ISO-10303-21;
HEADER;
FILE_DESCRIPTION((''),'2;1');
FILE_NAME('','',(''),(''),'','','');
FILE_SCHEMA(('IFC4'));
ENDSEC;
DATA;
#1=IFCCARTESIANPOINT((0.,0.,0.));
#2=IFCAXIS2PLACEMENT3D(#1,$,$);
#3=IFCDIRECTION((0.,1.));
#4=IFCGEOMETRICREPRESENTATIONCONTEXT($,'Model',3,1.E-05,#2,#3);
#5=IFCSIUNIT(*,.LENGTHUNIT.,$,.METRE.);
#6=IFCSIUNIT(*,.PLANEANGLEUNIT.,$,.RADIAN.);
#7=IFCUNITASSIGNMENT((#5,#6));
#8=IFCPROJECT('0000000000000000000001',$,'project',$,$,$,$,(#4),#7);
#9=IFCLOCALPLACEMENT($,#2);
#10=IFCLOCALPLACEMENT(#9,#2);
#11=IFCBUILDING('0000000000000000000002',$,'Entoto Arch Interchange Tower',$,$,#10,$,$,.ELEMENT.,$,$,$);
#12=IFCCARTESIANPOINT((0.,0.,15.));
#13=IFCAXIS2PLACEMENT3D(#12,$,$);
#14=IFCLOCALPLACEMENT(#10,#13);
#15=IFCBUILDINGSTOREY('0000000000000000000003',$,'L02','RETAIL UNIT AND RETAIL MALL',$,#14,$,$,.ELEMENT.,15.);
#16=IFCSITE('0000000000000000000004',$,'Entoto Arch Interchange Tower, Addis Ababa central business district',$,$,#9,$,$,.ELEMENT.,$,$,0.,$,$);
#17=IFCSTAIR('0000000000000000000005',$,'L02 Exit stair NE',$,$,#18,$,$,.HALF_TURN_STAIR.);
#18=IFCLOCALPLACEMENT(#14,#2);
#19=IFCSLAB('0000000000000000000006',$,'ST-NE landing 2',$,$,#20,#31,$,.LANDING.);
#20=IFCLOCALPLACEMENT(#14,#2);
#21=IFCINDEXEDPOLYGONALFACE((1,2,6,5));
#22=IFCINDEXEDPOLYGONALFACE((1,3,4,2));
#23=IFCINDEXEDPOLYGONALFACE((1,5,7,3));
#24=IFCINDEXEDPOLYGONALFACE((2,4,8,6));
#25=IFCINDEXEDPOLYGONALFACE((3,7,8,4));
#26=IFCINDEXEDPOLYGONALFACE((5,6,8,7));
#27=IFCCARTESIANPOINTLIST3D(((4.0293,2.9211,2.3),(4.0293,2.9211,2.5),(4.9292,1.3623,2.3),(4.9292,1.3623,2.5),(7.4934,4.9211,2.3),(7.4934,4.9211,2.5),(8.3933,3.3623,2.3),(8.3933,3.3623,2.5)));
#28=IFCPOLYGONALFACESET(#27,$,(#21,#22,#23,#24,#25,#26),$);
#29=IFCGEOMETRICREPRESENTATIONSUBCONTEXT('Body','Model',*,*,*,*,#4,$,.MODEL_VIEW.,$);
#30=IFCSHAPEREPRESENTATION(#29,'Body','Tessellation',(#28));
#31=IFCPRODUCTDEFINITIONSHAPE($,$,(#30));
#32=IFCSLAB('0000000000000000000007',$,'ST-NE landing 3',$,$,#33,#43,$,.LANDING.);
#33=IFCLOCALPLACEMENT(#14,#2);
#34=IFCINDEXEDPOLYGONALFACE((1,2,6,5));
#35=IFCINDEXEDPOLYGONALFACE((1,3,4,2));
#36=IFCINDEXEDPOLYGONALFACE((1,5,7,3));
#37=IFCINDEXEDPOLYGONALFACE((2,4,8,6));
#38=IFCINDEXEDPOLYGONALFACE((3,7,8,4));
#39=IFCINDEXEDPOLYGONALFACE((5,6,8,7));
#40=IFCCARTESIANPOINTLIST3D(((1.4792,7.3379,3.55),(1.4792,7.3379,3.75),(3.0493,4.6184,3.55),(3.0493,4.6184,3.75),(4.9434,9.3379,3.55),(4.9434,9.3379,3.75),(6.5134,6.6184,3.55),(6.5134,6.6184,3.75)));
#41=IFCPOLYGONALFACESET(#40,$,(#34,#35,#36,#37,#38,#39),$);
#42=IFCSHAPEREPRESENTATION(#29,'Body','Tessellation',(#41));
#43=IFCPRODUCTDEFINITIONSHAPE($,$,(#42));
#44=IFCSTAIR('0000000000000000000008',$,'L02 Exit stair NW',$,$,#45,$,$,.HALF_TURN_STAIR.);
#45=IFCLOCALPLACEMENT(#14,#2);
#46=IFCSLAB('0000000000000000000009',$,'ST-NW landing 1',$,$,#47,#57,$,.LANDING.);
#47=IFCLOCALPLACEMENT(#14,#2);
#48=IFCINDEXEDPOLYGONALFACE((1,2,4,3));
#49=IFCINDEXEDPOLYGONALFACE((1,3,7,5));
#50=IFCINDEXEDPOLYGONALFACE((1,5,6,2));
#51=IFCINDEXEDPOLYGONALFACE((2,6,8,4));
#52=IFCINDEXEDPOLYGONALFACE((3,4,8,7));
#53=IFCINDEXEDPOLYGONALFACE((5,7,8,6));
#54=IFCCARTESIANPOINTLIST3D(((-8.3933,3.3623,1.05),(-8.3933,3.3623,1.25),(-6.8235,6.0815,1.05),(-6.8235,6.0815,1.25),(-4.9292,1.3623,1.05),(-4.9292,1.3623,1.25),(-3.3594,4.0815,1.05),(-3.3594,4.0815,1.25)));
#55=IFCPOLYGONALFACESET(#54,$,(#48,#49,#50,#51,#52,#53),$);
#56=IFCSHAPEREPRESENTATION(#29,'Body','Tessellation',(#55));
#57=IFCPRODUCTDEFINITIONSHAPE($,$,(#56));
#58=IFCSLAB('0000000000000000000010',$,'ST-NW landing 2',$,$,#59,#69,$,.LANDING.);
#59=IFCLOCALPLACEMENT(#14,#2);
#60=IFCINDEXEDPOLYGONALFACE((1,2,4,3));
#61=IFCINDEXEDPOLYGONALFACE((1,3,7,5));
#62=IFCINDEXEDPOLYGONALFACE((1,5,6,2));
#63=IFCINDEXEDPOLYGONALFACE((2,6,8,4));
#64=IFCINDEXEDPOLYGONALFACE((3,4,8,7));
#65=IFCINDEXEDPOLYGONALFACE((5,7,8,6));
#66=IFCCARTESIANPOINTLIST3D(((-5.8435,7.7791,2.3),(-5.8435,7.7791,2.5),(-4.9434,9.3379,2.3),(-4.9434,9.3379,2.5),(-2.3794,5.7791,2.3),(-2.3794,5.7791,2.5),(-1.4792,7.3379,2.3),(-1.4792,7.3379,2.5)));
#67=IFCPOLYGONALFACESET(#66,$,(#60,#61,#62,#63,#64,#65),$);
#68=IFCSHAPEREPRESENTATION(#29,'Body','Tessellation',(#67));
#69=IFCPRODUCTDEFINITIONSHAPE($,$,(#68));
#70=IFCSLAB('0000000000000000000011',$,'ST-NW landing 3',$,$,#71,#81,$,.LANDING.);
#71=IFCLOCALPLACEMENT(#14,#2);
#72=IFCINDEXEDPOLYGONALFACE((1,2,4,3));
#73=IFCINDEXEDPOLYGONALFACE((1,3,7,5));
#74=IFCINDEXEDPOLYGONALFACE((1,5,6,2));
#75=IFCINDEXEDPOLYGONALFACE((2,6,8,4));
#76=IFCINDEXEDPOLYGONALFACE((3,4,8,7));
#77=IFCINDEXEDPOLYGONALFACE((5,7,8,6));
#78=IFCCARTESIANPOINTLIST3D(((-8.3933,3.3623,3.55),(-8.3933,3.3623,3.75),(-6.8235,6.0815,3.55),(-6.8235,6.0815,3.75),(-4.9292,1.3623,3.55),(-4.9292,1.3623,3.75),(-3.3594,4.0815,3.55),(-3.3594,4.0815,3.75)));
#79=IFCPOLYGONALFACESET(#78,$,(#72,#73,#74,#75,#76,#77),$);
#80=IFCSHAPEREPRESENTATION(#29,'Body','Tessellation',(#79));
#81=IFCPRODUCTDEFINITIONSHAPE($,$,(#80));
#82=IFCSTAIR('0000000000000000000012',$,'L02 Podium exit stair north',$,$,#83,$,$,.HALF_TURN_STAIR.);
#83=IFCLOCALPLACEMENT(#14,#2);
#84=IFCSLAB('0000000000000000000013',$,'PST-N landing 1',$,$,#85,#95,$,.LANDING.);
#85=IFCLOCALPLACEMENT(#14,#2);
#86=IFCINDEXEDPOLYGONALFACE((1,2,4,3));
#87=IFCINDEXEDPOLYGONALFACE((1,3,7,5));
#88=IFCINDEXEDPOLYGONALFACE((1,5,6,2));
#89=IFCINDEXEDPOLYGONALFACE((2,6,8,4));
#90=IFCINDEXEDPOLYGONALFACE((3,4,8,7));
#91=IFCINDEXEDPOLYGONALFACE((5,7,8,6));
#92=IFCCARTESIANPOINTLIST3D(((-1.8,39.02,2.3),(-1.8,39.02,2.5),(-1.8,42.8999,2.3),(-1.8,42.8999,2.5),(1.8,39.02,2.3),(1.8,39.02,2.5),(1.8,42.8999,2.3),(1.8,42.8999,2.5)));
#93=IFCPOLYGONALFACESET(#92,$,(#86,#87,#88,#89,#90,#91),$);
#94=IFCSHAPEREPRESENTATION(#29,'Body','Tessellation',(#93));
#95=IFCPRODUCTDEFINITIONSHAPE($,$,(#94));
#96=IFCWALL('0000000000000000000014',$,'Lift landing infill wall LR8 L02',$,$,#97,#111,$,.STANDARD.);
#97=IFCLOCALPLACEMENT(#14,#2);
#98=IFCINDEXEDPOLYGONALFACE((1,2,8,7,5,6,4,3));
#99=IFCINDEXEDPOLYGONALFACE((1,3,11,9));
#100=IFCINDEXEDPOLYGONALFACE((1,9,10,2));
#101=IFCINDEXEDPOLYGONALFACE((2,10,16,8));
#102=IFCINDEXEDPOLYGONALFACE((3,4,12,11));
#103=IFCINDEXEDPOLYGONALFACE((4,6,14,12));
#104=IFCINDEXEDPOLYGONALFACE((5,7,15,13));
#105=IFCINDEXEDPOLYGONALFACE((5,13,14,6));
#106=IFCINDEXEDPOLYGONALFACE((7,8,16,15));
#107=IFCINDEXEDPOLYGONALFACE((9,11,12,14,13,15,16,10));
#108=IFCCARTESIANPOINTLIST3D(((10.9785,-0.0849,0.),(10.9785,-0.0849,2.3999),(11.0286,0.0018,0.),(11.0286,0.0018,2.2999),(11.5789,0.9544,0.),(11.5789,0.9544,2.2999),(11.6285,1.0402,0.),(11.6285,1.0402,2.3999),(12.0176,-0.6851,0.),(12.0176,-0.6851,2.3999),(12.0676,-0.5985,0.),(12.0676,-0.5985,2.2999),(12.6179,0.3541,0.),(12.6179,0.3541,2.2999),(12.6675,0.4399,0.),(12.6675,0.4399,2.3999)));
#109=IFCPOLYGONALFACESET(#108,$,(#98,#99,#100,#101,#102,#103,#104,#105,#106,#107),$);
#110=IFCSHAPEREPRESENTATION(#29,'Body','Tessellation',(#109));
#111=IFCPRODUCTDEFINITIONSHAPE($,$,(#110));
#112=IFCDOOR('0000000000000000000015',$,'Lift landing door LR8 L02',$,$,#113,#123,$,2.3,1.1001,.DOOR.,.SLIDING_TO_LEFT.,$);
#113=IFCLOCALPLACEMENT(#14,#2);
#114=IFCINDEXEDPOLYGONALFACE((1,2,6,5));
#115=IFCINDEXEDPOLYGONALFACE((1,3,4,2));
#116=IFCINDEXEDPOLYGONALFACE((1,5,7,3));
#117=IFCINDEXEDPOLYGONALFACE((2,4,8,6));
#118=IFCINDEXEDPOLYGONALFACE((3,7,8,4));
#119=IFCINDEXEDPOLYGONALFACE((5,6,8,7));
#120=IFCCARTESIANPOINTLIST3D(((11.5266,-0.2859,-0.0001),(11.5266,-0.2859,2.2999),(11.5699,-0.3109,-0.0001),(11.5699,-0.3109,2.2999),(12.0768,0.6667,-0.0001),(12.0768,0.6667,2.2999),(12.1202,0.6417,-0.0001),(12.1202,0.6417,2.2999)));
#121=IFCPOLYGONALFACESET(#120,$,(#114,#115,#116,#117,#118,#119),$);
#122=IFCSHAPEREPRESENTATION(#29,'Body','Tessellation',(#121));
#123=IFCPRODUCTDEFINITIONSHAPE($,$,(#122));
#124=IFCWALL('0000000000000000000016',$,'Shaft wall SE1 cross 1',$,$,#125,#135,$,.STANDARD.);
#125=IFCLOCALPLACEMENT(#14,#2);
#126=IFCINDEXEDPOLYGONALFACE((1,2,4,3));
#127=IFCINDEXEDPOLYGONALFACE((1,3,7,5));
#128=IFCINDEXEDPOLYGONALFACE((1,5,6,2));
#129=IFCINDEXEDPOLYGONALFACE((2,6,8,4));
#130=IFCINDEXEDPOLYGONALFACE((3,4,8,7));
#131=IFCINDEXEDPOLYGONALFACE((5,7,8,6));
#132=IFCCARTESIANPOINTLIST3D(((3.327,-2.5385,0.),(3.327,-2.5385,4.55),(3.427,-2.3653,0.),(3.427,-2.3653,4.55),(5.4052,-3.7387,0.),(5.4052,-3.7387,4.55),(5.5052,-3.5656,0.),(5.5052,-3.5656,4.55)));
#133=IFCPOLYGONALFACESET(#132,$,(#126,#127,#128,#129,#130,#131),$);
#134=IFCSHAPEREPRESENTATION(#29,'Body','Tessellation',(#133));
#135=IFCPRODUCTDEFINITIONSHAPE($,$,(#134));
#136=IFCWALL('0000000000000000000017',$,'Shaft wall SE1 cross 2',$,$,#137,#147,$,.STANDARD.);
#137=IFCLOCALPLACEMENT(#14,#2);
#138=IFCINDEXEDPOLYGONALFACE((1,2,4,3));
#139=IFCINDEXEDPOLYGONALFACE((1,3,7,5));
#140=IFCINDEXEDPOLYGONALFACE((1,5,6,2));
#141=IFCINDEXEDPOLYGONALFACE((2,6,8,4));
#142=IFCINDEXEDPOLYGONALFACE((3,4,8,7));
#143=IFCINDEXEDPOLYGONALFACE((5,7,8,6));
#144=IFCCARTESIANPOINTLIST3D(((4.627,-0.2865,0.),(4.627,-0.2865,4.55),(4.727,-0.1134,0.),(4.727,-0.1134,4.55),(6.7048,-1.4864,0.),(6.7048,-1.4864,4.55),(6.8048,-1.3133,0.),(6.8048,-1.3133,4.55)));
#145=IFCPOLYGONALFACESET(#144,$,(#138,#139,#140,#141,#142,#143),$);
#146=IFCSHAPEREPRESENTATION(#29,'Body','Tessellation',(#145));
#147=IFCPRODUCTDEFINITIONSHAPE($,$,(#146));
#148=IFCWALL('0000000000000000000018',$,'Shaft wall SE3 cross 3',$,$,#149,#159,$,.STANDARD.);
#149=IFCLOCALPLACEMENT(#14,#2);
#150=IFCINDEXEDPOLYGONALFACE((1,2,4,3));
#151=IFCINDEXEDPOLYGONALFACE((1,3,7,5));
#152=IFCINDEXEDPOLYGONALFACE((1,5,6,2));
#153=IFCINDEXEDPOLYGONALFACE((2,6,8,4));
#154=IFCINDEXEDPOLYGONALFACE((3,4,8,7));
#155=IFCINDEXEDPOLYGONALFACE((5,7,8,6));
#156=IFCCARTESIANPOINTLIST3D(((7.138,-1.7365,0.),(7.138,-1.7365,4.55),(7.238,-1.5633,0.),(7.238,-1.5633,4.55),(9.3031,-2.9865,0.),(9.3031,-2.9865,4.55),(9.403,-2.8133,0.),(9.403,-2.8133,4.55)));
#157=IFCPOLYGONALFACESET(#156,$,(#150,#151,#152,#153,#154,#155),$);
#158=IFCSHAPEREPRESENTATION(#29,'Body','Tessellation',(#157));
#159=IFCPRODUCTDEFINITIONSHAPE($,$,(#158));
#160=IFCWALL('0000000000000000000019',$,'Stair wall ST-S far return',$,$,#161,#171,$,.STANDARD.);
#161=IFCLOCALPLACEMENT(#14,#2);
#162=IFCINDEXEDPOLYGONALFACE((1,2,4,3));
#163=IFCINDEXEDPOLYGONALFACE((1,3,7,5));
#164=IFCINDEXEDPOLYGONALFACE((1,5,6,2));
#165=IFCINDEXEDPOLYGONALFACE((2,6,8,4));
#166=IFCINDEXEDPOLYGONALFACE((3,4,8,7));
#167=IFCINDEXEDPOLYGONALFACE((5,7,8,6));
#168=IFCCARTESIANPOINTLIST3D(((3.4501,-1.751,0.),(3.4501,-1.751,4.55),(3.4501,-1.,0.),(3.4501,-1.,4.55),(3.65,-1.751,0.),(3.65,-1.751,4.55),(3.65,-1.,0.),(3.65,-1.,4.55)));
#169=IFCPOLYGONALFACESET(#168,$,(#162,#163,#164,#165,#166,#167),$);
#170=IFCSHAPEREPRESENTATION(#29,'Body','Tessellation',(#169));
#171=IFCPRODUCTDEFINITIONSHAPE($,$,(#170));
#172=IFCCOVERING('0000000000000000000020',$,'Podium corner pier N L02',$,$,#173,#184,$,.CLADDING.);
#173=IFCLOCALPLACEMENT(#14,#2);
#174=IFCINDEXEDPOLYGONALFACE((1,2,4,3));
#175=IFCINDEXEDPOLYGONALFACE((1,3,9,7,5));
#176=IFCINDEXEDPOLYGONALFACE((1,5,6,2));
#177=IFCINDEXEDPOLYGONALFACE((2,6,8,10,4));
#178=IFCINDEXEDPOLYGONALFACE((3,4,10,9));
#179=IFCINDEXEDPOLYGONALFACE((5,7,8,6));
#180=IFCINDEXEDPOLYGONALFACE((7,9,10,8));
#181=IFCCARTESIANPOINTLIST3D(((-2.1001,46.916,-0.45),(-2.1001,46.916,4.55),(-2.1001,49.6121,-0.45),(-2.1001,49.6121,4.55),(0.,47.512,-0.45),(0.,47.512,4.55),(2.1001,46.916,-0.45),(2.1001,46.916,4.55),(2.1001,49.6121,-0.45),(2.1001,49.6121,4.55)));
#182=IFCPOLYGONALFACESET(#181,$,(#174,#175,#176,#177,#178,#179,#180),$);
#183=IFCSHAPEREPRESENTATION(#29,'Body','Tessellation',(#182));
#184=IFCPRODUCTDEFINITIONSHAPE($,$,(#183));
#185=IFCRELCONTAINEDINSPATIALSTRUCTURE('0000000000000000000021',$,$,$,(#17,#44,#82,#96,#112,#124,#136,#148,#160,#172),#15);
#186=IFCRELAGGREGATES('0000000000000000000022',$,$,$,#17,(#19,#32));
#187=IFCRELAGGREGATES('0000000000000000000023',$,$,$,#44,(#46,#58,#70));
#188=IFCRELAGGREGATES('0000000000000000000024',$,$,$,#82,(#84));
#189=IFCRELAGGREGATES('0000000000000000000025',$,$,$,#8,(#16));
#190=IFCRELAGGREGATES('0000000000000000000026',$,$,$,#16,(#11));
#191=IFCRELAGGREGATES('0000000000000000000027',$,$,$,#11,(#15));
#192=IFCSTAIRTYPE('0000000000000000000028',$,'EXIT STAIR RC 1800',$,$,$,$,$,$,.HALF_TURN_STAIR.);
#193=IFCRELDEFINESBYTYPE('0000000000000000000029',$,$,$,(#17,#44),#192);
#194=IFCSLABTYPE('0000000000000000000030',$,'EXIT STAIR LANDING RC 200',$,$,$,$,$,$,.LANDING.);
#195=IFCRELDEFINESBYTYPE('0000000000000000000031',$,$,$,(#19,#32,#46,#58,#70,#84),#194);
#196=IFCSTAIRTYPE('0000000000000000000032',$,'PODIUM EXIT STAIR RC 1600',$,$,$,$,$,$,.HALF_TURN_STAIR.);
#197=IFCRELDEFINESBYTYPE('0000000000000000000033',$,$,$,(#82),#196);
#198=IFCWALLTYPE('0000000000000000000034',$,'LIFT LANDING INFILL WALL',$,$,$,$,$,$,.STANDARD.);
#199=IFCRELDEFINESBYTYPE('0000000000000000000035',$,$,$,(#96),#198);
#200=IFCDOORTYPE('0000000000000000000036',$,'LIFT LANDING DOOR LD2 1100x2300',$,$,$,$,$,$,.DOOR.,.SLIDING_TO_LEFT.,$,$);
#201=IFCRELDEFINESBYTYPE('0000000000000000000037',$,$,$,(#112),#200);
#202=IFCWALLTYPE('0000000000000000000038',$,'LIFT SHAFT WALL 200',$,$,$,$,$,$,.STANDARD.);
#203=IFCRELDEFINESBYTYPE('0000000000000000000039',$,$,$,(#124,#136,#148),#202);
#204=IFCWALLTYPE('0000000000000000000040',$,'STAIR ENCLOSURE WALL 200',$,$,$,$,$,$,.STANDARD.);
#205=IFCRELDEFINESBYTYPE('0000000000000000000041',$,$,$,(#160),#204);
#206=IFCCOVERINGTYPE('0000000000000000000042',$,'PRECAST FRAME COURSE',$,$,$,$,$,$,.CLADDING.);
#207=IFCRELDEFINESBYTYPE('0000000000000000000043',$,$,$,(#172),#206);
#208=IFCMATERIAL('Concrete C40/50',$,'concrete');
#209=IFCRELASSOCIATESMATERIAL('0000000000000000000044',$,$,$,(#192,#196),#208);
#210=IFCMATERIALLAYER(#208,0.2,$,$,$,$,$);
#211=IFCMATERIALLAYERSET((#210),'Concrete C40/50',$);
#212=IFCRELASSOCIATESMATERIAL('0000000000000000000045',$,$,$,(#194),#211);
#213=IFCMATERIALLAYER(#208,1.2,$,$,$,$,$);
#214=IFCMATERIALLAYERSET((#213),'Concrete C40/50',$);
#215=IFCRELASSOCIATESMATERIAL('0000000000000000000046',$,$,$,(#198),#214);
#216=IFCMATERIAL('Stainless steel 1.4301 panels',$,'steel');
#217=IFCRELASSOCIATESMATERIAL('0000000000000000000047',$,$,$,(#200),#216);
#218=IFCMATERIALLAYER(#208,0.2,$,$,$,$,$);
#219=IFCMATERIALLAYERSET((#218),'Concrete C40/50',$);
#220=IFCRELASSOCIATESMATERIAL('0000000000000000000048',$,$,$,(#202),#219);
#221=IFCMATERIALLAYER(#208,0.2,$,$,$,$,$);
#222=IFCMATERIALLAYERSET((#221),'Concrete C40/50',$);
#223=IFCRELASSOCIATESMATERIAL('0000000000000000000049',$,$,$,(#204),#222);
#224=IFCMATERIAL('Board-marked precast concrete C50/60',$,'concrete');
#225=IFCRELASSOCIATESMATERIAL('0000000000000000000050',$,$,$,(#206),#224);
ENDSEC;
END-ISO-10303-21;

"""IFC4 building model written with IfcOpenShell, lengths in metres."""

from ifc_helpers import new_model, si_unit, direction, frame, frame_2d, origin, place, context, subcontext, project, spatial, polyline, rectangle, outline, extrude, material, layer, layer_set, type_object, element, fill, aggregate, save


model = new_model("IFC4")

# Units and contexts
model_context = context("Model", 3, precision=1e-05, world=origin(), true_north=direction((0.0, 1.0)))
body_context = subcontext(model_context, "Body", "Model", "MODEL_VIEW")
ifc_project = project(units=[si_unit("LENGTHUNIT", "METRE"), si_unit("PLANEANGLEUNIT", "RADIAN")], contexts=[model_context])

# Site, building, storey
site_placement = place(None, origin())
site = spatial("IfcSite", under=ifc_project, at=site_placement, Name="Entoto Arch Interchange Tower, Addis Ababa central business district", CompositionType="ELEMENT", RefElevation=0.0)
building_placement = place(site_placement, origin())
building = spatial("IfcBuilding", under=site, at=building_placement, Name="Entoto Arch Interchange Tower", CompositionType="ELEMENT")
storey_placement = place(building_placement, frame((0.0, 0.0, 15.0)))
storey = spatial("IfcBuildingStorey", under=building, at=storey_placement, Name="L02", Description="RETAIL UNIT AND RETAIL MALL", CompositionType="ELEMENT", Elevation=15.0)

# Shared definitions
ifc_material_1 = material(Name="Concrete C40/50", Category="concrete")

# Stairs, slabs
stair_type_1 = type_object("IfcStairType", Name="EXIT STAIR RC 1800", PredefinedType="HALF_TURN_STAIR", material=ifc_material_1)
ifc_layer_1 = layer(ifc_material_1, 0.2)
ifc_layer_set_1 = layer_set([ifc_layer_1], Name="Concrete C40/50")
slab_type_1 = type_object("IfcSlabType", Name="EXIT STAIR LANDING RC 200", PredefinedType="LANDING", material=ifc_layer_set_1)
stair_1_placement = place(storey_placement, origin())
stair_1 = element("IfcStair", 1, at=stair_1_placement, inside=storey, type_object=stair_type_1, Name="L02 Exit stair NE", PredefinedType="HALF_TURN_STAIR")
slab_1_placement = place(storey_placement, frame((0.0, 0.0, 2.3)))
slab_1 = element("IfcSlab", 2, at=slab_1_placement, type_object=slab_type_1, Name="ST-NE landing 2", PredefinedType="LANDING", context=body_context, shape_type="SweptSolid", body=[
    extrude(outline(polyline([(8.3933, 3.3623), (7.4934, 4.9211), (4.0293, 2.9211), (4.9292, 1.3623), (8.3933, 3.3623)])), origin(), (0.0, 0.0, 1.0), 0.2),
])
slab_2_placement = place(storey_placement, frame((0.0, 0.0, 3.55)))
slab_2 = element("IfcSlab", 3, at=slab_2_placement, type_object=slab_type_1, Name="ST-NE landing 3", PredefinedType="LANDING", context=body_context, shape_type="SweptSolid", body=[
    extrude(outline(polyline([(6.5134, 6.6184), (4.9434, 9.3379), (1.4792, 7.3379), (3.0493, 4.6184), (6.5134, 6.6184)])), origin(), (0.0, 0.0, 1.0), 0.2),
])
aggregate(stair_1, [slab_1, slab_2])
stair_2_placement = place(storey_placement, origin())
stair_2 = element("IfcStair", 4, at=stair_2_placement, inside=storey, type_object=stair_type_1, Name="L02 Exit stair NW", PredefinedType="HALF_TURN_STAIR")
slab_3_placement = place(storey_placement, frame((0.0, 0.0, 1.05)))
slab_3 = element("IfcSlab", 5, at=slab_3_placement, type_object=slab_type_1, Name="ST-NW landing 1", PredefinedType="LANDING", context=body_context, shape_type="SweptSolid", body=[
    extrude(outline(polyline([(-6.8235, 6.0815), (-8.3933, 3.3623), (-4.9292, 1.3623), (-3.3594, 4.0815), (-6.8235, 6.0815)])), origin(), (0.0, 0.0, 1.0), 0.2),
])
slab_4_placement = place(storey_placement, frame((0.0, 0.0, 2.3)))
slab_4 = element("IfcSlab", 6, at=slab_4_placement, type_object=slab_type_1, Name="ST-NW landing 2", PredefinedType="LANDING", context=body_context, shape_type="SweptSolid", body=[
    extrude(outline(polyline([(-4.9434, 9.3379), (-5.8435, 7.7791), (-2.3794, 5.7791), (-1.4792, 7.3379), (-4.9434, 9.3379)])), origin(), (0.0, 0.0, 1.0), 0.2),
])
slab_5_placement = place(storey_placement, frame((0.0, 0.0, 3.55)))
slab_5 = element("IfcSlab", 7, at=slab_5_placement, type_object=slab_type_1, Name="ST-NW landing 3", PredefinedType="LANDING", context=body_context, shape_type="SweptSolid", body=[
    extrude(outline(polyline([(-6.8235, 6.0815), (-8.3933, 3.3623), (-4.9292, 1.3623), (-3.3594, 4.0815), (-6.8235, 6.0815)])), origin(), (0.0, 0.0, 1.0), 0.2),
])
aggregate(stair_2, [slab_3, slab_4, slab_5])

# Stair, slab
stair_type_2 = type_object("IfcStairType", Name="PODIUM EXIT STAIR RC 1600", PredefinedType="HALF_TURN_STAIR", material=ifc_material_1)
stair_3_placement = place(storey_placement, origin())
stair_3 = element("IfcStair", 8, at=stair_3_placement, inside=storey, type_object=stair_type_2, Name="L02 Podium exit stair north", PredefinedType="HALF_TURN_STAIR")
slab_6_placement = place(storey_placement, frame((0.0, 0.0, 2.3)))
slab_6 = element("IfcSlab", 9, at=slab_6_placement, type_object=slab_type_1, Name="PST-N landing 1", PredefinedType="LANDING", context=body_context, shape_type="SweptSolid", body=[
    extrude(outline(polyline([(1.8, 39.02), (1.8, 42.8999), (-1.8, 42.8999), (-1.8, 39.02), (1.8, 39.02)])), origin(), (0.0, 0.0, 1.0), 0.2),
])
aggregate(stair_3, [slab_6])

# Wall, opening, door
ifc_layer_2 = layer(ifc_material_1, 1.2)
ifc_layer_set_2 = layer_set([ifc_layer_2], Name="Concrete C40/50")
wall_type_1 = type_object("IfcWallType", Name="LIFT LANDING INFILL WALL", PredefinedType="STANDARD", material=ifc_layer_set_2)
wall_1_placement = place(storey_placement, frame((11.498, -0.385, 0.0), z_axis=(0.0, 0.0, 1.0), x_axis=(0.500221, 0.865898, 0.0)))
wall_1 = element("IfcWall", 10, at=wall_1_placement, inside=storey, type_object=wall_type_1, Name="Lift landing infill wall LR8 L02", PredefinedType="STANDARD", context=body_context, shape_type="SweptSolid", body=[
    extrude(rectangle(XDim=1.2993, YDim=1.2, at=frame_2d((0.6497, 0.0))), origin(), (0.0, 0.0, 1.0), 2.3999),
])
opening_placement = place(wall_1_placement, frame((0.1001, 0.0, 0.0)))
opening = element("IfcOpeningElement", 11, at=opening_placement, cuts=wall_1, PredefinedType="OPENING", context=body_context, shape_type="SweptSolid", body=[
    extrude(rectangle(XDim=1.1001, YDim=2.3, at=frame_2d((0.55, 1.1499))), frame((0.0, 0.6099, 0.0), z_axis=(0.0, -1.0, 0.0), x_axis=(1.0, 0.0, 0.0)), (0.0, 0.0, 1.0), 1.22),
])
ifc_material_2 = material(Name="Stainless steel 1.4301 panels", Category="steel")
door_type = type_object("IfcDoorType", Name="LIFT LANDING DOOR LD2 1100x2300", OperationType="SLIDING_TO_LEFT", PredefinedType="DOOR", material=ifc_material_2)
door_placement = place(opening_placement, origin())
door = element("IfcDoor", 12, at=door_placement, inside=storey, type_object=door_type, Name="Lift landing door LR8 L02", OperationType="SLIDING_TO_LEFT", OverallHeight=2.3, OverallWidth=1.1001, PredefinedType="DOOR", context=body_context, shape_type="SweptSolid", body=[
    extrude(rectangle(XDim=1.1001, YDim=2.3, at=frame_2d((0.55, 1.1499))), frame((0.0, 0.0249, 0.0), z_axis=(0.0, -1.0, 0.0), x_axis=(1.0, 0.0, 0.0)), (0.0, 0.0, 1.0), 0.05),
])
fill(opening, door)

# Walls
ifc_layer_3 = layer(ifc_material_1, 0.2)
ifc_layer_set_3 = layer_set([ifc_layer_3], Name="Concrete C40/50")
wall_type_2 = type_object("IfcWallType", Name="LIFT SHAFT WALL 200", PredefinedType="STANDARD", material=ifc_layer_set_3)
wall_2_placement = place(storey_placement, frame((3.377, -2.4519, 0.0), z_axis=(0.0, 0.0, 1.0), x_axis=(0.865955, -0.500122, 0.0)))
element("IfcWall", 13, at=wall_2_placement, inside=storey, type_object=wall_type_2, Name="Shaft wall SE1 cross 1", PredefinedType="STANDARD", context=body_context, shape_type="SweptSolid", body=[
    extrude(rectangle(XDim=2.3999, YDim=0.2, at=frame_2d((1.2, 0.0))), origin(), (0.0, 0.0, 1.0), 4.55),
])
wall_3_placement = place(storey_placement, frame((4.677, -0.2, 0.0), z_axis=(0.0, 0.0, 1.0), x_axis=(0.865974, -0.500089, 0.0)))
element("IfcWall", 14, at=wall_3_placement, inside=storey, type_object=wall_type_2, Name="Shaft wall SE1 cross 2", PredefinedType="STANDARD", context=body_context, shape_type="SweptSolid", body=[
    extrude(rectangle(XDim=2.3994, YDim=0.2, at=frame_2d((1.1997, 0.0))), origin(), (0.0, 0.0, 1.0), 4.55),
])
wall_4_placement = place(storey_placement, frame((7.188, -1.6499, 0.0), z_axis=(0.0, 0.0, 1.0), x_axis=(0.866023, -0.500004, 0.0)))
element("IfcWall", 15, at=wall_4_placement, inside=storey, type_object=wall_type_2, Name="Shaft wall SE3 cross 3", PredefinedType="STANDARD", context=body_context, shape_type="SweptSolid", body=[
    extrude(rectangle(XDim=2.5, YDim=0.2, at=frame_2d((1.25, 0.0))), origin(), (0.0, 0.0, 1.0), 4.55),
])
ifc_layer_4 = layer(ifc_material_1, 0.2)
ifc_layer_set_4 = layer_set([ifc_layer_4], Name="Concrete C40/50")
wall_type_3 = type_object("IfcWallType", Name="STAIR ENCLOSURE WALL 200", PredefinedType="STANDARD", material=ifc_layer_set_4)
wall_5_placement = place(storey_placement, frame((3.55, -1.0, 0.0), z_axis=(0.0, 0.0, 1.0), x_axis=(0.0, -1.0, 0.0)))
element("IfcWall", 16, at=wall_5_placement, inside=storey, type_object=wall_type_3, Name="Stair wall ST-S far return", PredefinedType="STANDARD", context=body_context, shape_type="SweptSolid", body=[
    extrude(rectangle(XDim=0.751, YDim=0.2, at=frame_2d((0.3755, 0.0))), origin(), (0.0, 0.0, 1.0), 4.55),
])

# Covering
ifc_material_3 = material(Name="Board-marked precast concrete C50/60", Category="concrete")
covering_type = type_object("IfcCoveringType", Name="PRECAST FRAME COURSE", PredefinedType="CLADDING", material=ifc_material_3)
covering_1_placement = place(storey_placement, frame((0.0, 0.0, -0.45)))
element("IfcCovering", 17, at=covering_1_placement, inside=storey, type_object=covering_type, Name="Podium corner pier N L02", PredefinedType="CLADDING", context=body_context, shape_type="SweptSolid", body=[
    extrude(outline(polyline([(2.1001, 49.6121), (2.1001, 46.916), (0.0, 47.512), (-2.1001, 46.916), (-2.1001, 49.6121), (2.1001, 49.6121)])), origin(), (0.0, 0.0, 1.0), 5.0),
])

save(model, "model.ifc")
